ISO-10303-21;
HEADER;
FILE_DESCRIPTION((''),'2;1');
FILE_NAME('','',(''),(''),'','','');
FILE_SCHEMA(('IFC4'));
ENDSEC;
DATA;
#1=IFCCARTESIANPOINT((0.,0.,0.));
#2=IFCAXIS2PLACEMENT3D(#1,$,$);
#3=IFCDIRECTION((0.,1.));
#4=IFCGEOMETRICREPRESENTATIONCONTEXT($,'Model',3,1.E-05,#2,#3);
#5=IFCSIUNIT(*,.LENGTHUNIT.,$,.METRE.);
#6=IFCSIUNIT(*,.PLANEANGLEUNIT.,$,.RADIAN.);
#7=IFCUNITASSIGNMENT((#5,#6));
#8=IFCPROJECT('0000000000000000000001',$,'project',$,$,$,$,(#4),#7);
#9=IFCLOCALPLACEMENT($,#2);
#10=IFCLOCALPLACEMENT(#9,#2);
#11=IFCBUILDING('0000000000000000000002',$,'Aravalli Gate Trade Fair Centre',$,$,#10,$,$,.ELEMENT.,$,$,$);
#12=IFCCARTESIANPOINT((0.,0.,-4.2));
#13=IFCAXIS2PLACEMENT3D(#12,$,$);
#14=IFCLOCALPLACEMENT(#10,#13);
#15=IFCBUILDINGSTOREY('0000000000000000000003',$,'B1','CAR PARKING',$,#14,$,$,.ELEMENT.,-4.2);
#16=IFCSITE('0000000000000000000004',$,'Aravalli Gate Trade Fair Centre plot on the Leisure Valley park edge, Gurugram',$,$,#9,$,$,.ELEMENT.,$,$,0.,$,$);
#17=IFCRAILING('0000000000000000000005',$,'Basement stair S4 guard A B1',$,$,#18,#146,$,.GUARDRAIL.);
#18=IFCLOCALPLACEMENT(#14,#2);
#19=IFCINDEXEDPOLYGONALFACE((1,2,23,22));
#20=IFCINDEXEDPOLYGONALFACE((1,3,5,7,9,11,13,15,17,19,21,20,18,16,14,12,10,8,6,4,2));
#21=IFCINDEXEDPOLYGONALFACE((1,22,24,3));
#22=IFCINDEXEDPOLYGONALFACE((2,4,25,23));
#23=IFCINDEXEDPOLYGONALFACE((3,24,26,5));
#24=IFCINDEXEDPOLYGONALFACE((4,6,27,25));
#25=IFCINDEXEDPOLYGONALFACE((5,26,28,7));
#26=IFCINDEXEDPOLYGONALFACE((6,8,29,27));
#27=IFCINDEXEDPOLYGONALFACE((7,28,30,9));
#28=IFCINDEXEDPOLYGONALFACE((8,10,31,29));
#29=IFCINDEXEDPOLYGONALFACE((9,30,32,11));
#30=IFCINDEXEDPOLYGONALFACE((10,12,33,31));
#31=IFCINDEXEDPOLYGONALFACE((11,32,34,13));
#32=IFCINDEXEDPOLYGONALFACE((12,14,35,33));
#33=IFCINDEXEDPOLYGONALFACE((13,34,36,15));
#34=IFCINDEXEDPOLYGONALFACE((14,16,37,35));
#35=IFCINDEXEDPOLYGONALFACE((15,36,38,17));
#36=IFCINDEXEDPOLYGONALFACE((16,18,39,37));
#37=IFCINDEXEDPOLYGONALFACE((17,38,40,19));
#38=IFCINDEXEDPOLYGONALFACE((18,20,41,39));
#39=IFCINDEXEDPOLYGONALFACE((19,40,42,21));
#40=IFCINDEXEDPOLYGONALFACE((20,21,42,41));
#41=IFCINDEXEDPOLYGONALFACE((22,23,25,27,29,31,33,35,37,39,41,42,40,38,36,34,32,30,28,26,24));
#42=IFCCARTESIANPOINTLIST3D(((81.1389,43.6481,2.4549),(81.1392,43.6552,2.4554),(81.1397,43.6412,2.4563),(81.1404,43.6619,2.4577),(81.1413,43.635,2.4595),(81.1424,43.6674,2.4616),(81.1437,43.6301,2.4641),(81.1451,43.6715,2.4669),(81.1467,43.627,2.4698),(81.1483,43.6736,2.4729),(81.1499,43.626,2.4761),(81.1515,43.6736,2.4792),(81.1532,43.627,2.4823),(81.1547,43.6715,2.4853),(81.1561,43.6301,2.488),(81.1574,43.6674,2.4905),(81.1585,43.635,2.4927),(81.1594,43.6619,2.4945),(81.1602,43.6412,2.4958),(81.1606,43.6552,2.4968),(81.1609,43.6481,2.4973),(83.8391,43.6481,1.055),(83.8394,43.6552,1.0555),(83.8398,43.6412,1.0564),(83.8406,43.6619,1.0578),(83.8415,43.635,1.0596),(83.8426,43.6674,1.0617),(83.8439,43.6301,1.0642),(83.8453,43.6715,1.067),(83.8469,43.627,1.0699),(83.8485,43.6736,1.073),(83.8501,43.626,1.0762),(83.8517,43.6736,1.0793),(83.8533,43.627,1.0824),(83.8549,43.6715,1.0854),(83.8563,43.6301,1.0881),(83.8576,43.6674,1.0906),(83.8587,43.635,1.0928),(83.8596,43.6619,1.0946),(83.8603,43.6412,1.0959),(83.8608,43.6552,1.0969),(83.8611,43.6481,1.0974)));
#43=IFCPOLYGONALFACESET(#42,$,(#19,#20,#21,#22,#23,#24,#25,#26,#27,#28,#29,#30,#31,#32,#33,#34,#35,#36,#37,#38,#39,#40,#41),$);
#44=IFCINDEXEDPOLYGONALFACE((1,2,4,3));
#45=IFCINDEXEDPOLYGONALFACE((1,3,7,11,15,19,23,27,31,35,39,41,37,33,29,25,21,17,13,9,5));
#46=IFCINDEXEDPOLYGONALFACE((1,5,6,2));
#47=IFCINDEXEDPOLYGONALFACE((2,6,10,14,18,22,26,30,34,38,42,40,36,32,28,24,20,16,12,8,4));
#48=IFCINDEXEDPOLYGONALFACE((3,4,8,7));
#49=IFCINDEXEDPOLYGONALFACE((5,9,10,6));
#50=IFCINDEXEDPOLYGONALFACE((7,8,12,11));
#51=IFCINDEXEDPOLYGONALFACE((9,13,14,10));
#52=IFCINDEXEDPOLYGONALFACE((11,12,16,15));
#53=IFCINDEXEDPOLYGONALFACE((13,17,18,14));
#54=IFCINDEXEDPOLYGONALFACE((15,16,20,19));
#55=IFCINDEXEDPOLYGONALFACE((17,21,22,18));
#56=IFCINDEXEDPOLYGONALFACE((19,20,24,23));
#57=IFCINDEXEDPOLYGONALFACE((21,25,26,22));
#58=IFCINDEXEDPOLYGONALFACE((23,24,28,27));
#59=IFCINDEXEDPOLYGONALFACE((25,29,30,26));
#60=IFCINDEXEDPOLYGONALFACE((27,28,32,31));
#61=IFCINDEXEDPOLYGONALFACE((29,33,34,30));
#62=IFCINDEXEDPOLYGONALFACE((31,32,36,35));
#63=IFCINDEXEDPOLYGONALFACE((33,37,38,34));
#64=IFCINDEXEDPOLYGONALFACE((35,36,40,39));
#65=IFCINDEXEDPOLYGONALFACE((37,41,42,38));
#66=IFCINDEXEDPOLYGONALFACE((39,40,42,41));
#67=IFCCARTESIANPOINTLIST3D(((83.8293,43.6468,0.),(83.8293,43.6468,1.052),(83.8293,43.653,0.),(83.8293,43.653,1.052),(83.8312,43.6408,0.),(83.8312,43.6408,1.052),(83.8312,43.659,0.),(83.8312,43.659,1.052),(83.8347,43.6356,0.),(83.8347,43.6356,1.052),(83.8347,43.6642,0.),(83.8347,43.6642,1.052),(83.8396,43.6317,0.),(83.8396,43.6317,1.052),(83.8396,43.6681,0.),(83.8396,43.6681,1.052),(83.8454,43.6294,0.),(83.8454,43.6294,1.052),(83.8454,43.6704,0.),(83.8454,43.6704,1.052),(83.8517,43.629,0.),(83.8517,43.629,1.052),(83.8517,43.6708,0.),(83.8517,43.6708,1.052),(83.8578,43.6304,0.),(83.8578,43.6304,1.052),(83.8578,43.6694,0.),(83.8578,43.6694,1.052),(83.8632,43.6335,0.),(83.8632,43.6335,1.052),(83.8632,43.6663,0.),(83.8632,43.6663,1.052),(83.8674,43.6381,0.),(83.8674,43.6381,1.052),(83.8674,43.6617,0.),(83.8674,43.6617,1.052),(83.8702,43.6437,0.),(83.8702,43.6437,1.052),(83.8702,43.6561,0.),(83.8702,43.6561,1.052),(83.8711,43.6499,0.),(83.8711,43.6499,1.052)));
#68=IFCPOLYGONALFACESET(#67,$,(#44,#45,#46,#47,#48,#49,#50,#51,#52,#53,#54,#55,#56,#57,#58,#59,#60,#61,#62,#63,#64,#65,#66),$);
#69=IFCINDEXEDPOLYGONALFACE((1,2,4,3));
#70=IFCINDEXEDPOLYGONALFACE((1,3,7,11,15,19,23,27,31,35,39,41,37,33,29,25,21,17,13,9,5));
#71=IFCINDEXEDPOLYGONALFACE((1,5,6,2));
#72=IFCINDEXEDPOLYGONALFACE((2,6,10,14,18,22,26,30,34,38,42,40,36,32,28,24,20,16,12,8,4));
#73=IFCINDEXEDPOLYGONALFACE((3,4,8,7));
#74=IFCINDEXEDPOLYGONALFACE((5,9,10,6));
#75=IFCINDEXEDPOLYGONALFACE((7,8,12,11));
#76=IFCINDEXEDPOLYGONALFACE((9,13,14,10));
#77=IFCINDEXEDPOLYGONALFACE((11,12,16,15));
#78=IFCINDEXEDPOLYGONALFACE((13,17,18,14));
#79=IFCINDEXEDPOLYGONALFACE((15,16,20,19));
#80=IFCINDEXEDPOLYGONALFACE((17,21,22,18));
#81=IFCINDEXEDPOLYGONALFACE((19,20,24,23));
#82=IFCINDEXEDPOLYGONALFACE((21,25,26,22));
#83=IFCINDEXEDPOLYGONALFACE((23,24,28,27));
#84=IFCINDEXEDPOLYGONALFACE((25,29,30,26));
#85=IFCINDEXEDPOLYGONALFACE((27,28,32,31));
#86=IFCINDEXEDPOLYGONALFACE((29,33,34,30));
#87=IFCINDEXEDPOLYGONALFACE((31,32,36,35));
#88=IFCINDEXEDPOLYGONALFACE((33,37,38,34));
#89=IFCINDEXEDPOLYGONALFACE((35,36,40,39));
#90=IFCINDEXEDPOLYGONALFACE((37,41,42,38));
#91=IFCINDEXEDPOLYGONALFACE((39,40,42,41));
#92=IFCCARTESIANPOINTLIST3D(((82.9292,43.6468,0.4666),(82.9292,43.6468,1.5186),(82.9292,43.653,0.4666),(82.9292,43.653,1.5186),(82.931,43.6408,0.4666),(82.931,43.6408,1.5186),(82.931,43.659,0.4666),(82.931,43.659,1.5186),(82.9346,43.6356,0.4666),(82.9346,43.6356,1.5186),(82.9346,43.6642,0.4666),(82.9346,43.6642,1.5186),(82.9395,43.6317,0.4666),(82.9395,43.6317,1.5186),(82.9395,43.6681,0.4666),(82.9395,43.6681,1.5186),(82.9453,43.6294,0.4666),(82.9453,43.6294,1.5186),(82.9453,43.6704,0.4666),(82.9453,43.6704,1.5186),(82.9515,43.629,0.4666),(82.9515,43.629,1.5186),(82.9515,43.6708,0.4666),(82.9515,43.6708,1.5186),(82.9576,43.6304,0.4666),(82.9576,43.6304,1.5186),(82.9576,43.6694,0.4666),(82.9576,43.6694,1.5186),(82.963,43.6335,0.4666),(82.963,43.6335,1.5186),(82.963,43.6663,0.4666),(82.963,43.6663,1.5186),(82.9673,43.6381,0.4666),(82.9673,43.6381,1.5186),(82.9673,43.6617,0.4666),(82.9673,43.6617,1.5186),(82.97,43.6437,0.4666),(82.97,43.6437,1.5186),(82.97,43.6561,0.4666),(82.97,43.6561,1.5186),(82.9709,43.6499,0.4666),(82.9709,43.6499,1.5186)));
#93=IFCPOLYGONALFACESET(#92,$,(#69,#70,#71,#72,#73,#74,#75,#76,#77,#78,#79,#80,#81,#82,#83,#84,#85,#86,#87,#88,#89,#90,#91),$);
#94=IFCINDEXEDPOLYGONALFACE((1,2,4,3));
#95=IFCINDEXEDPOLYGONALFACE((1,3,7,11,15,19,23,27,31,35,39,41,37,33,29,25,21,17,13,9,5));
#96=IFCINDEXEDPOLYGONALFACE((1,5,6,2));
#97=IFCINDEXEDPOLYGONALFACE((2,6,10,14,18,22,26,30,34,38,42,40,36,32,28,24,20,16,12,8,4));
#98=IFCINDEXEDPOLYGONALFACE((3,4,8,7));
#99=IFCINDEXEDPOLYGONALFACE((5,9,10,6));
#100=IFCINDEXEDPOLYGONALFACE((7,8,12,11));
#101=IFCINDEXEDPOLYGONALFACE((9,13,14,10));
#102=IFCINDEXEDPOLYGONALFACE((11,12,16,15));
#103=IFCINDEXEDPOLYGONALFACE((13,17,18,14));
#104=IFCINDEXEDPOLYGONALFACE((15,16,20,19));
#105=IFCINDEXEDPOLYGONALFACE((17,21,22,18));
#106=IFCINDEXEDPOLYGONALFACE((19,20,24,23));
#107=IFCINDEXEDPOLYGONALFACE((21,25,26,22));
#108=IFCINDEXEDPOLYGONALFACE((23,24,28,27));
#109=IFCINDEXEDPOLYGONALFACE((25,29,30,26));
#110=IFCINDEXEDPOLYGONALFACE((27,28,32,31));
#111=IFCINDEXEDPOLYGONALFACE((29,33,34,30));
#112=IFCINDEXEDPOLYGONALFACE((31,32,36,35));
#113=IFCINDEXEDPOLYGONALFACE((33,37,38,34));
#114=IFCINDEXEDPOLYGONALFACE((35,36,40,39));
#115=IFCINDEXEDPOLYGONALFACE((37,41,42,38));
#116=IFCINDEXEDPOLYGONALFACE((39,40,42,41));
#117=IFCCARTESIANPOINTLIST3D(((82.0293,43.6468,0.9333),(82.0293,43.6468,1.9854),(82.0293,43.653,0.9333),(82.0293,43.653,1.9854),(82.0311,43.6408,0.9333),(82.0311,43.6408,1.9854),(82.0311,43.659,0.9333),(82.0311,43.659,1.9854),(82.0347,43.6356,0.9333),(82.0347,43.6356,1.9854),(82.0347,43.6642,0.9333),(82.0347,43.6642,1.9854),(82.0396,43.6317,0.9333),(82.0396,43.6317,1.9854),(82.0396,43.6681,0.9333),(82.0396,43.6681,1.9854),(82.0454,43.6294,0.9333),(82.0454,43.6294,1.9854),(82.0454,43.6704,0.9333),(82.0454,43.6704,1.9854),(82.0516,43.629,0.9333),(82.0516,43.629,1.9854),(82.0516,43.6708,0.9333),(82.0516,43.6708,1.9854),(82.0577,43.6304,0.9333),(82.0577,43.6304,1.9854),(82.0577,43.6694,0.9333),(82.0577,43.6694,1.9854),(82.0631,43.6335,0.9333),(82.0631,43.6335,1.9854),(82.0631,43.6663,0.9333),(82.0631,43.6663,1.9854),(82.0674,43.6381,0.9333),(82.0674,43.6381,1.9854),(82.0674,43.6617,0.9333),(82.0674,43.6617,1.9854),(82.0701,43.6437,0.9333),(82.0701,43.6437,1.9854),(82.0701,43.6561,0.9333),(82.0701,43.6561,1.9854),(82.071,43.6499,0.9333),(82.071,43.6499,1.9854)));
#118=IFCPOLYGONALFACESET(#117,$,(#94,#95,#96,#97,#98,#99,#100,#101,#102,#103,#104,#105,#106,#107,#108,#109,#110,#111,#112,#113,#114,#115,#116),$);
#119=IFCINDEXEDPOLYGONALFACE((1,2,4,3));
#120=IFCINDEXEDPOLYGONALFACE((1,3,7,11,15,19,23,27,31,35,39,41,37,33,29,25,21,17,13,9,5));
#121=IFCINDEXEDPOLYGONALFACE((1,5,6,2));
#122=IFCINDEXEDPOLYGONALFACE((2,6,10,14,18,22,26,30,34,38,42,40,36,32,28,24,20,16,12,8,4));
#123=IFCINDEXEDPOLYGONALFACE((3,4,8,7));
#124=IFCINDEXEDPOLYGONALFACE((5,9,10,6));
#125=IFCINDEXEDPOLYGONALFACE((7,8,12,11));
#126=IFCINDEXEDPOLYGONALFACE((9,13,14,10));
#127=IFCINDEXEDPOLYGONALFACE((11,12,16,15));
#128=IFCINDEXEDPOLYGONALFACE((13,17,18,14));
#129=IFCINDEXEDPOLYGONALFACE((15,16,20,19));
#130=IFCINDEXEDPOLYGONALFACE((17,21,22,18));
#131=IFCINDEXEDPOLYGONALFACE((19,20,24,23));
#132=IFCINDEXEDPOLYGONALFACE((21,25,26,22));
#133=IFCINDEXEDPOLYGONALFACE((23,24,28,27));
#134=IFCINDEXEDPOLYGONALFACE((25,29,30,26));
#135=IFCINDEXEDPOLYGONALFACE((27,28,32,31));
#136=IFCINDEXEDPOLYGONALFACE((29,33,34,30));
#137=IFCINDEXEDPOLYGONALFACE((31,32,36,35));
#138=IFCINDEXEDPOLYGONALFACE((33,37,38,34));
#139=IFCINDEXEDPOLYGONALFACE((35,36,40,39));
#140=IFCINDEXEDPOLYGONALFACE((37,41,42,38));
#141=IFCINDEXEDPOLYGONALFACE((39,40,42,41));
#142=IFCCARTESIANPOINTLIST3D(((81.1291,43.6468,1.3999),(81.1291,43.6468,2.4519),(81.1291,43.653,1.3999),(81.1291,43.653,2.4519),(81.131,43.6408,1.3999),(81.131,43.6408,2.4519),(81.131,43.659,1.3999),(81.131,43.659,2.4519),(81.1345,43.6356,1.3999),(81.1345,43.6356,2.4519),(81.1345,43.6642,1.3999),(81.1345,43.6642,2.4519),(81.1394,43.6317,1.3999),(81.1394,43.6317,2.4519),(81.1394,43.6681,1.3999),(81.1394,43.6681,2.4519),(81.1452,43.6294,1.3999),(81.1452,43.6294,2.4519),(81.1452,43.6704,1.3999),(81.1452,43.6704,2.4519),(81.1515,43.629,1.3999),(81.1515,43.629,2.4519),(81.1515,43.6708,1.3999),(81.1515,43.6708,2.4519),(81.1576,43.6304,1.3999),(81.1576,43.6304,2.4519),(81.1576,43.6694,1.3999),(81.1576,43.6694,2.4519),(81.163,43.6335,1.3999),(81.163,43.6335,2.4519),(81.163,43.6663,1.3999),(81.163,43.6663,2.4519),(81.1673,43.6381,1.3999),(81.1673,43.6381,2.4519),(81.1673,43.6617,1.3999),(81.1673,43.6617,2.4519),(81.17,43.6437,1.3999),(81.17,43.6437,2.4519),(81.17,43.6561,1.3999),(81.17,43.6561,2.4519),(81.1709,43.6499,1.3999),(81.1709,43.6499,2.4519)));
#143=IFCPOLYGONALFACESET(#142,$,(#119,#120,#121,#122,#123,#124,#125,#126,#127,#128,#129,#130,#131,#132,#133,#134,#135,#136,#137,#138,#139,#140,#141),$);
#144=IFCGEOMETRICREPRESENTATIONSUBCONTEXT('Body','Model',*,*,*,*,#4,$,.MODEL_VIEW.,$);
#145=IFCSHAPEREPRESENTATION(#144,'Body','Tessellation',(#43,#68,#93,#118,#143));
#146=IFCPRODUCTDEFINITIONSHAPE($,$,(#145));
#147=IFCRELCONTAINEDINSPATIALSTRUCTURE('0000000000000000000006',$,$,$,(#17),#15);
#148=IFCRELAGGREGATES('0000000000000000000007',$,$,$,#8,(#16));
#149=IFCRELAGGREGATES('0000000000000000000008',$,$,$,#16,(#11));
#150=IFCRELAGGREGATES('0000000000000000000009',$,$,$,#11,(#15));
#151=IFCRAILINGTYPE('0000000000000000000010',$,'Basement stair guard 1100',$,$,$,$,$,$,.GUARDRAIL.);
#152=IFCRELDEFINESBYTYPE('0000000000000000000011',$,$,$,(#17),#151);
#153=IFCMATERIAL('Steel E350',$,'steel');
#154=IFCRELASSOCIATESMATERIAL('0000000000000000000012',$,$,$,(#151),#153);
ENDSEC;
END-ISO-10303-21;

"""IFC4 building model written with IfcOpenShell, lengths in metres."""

from ifc_helpers import new_model, si_unit, direction, frame, origin, origin_2d, place, context, subcontext, project, spatial, circle, extrude, material, type_object, element, save


model = new_model("IFC4")

# Units and contexts
model_context = context("Model", 3, precision=1e-05, world=origin(), true_north=direction((0.0, 1.0)))
body_context = subcontext(model_context, "Body", "Model", "MODEL_VIEW")
ifc_project = project(units=[si_unit("LENGTHUNIT", "METRE"), si_unit("PLANEANGLEUNIT", "RADIAN")], contexts=[model_context])

# Site, building, storey
site_placement = place(None, origin())
site = spatial("IfcSite", under=ifc_project, at=site_placement, Name="Aravalli Gate Trade Fair Centre plot on the Leisure Valley park edge, Gurugram", CompositionType="ELEMENT", RefElevation=0.0)
building_placement = place(site_placement, origin())
building = spatial("IfcBuilding", under=site, at=building_placement, Name="Aravalli Gate Trade Fair Centre", CompositionType="ELEMENT")
storey_placement = place(building_placement, frame((0.0, 0.0, -4.2)))
storey = spatial("IfcBuildingStorey", under=building, at=storey_placement, Name="B1", Description="CAR PARKING", CompositionType="ELEMENT", Elevation=-4.2)

# Railing
ifc_material_1 = material(Name="Steel E350", Category="steel")
railing_type_1 = type_object("IfcRailingType", Name="Basement stair guard 1100", PredefinedType="GUARDRAIL", material=ifc_material_1)
railing_1_placement = place(storey_placement, frame((83.8501, 43.6499, 0.0)))
element("IfcRailing", 1, at=railing_1_placement, inside=storey, type_object=railing_type_1, Name="Basement stair S4 guard A B1", PredefinedType="GUARDRAIL", context=body_context, shape_type="SweptSolid", body=[
    extrude(circle(Radius=0.0239, at=origin_2d()), frame((0.0, 0.0, 1.0762), z_axis=(-0.887781, 0.0, 0.460266), x_axis=(0.0, -1.0, 0.0)), (0.0, 0.0, 1.0), 3.0415),
    extrude(circle(Radius=0.021, at=origin_2d()), origin(), (0.0, 0.0, 1.0), 1.052),
    extrude(circle(Radius=0.021, at=origin_2d()), frame((-0.9001, 0.0, 0.4666)), (0.0, 0.0, 1.0), 1.052),
    extrude(circle(Radius=0.021, at=origin_2d()), frame((-1.8, 0.0, 0.9333)), (0.0, 0.0, 1.0), 1.052),
    extrude(circle(Radius=0.021, at=origin_2d()), frame((-2.7002, 0.0, 1.3999)), (0.0, 0.0, 1.0), 1.052),
])

save(model, "model.ifc")
